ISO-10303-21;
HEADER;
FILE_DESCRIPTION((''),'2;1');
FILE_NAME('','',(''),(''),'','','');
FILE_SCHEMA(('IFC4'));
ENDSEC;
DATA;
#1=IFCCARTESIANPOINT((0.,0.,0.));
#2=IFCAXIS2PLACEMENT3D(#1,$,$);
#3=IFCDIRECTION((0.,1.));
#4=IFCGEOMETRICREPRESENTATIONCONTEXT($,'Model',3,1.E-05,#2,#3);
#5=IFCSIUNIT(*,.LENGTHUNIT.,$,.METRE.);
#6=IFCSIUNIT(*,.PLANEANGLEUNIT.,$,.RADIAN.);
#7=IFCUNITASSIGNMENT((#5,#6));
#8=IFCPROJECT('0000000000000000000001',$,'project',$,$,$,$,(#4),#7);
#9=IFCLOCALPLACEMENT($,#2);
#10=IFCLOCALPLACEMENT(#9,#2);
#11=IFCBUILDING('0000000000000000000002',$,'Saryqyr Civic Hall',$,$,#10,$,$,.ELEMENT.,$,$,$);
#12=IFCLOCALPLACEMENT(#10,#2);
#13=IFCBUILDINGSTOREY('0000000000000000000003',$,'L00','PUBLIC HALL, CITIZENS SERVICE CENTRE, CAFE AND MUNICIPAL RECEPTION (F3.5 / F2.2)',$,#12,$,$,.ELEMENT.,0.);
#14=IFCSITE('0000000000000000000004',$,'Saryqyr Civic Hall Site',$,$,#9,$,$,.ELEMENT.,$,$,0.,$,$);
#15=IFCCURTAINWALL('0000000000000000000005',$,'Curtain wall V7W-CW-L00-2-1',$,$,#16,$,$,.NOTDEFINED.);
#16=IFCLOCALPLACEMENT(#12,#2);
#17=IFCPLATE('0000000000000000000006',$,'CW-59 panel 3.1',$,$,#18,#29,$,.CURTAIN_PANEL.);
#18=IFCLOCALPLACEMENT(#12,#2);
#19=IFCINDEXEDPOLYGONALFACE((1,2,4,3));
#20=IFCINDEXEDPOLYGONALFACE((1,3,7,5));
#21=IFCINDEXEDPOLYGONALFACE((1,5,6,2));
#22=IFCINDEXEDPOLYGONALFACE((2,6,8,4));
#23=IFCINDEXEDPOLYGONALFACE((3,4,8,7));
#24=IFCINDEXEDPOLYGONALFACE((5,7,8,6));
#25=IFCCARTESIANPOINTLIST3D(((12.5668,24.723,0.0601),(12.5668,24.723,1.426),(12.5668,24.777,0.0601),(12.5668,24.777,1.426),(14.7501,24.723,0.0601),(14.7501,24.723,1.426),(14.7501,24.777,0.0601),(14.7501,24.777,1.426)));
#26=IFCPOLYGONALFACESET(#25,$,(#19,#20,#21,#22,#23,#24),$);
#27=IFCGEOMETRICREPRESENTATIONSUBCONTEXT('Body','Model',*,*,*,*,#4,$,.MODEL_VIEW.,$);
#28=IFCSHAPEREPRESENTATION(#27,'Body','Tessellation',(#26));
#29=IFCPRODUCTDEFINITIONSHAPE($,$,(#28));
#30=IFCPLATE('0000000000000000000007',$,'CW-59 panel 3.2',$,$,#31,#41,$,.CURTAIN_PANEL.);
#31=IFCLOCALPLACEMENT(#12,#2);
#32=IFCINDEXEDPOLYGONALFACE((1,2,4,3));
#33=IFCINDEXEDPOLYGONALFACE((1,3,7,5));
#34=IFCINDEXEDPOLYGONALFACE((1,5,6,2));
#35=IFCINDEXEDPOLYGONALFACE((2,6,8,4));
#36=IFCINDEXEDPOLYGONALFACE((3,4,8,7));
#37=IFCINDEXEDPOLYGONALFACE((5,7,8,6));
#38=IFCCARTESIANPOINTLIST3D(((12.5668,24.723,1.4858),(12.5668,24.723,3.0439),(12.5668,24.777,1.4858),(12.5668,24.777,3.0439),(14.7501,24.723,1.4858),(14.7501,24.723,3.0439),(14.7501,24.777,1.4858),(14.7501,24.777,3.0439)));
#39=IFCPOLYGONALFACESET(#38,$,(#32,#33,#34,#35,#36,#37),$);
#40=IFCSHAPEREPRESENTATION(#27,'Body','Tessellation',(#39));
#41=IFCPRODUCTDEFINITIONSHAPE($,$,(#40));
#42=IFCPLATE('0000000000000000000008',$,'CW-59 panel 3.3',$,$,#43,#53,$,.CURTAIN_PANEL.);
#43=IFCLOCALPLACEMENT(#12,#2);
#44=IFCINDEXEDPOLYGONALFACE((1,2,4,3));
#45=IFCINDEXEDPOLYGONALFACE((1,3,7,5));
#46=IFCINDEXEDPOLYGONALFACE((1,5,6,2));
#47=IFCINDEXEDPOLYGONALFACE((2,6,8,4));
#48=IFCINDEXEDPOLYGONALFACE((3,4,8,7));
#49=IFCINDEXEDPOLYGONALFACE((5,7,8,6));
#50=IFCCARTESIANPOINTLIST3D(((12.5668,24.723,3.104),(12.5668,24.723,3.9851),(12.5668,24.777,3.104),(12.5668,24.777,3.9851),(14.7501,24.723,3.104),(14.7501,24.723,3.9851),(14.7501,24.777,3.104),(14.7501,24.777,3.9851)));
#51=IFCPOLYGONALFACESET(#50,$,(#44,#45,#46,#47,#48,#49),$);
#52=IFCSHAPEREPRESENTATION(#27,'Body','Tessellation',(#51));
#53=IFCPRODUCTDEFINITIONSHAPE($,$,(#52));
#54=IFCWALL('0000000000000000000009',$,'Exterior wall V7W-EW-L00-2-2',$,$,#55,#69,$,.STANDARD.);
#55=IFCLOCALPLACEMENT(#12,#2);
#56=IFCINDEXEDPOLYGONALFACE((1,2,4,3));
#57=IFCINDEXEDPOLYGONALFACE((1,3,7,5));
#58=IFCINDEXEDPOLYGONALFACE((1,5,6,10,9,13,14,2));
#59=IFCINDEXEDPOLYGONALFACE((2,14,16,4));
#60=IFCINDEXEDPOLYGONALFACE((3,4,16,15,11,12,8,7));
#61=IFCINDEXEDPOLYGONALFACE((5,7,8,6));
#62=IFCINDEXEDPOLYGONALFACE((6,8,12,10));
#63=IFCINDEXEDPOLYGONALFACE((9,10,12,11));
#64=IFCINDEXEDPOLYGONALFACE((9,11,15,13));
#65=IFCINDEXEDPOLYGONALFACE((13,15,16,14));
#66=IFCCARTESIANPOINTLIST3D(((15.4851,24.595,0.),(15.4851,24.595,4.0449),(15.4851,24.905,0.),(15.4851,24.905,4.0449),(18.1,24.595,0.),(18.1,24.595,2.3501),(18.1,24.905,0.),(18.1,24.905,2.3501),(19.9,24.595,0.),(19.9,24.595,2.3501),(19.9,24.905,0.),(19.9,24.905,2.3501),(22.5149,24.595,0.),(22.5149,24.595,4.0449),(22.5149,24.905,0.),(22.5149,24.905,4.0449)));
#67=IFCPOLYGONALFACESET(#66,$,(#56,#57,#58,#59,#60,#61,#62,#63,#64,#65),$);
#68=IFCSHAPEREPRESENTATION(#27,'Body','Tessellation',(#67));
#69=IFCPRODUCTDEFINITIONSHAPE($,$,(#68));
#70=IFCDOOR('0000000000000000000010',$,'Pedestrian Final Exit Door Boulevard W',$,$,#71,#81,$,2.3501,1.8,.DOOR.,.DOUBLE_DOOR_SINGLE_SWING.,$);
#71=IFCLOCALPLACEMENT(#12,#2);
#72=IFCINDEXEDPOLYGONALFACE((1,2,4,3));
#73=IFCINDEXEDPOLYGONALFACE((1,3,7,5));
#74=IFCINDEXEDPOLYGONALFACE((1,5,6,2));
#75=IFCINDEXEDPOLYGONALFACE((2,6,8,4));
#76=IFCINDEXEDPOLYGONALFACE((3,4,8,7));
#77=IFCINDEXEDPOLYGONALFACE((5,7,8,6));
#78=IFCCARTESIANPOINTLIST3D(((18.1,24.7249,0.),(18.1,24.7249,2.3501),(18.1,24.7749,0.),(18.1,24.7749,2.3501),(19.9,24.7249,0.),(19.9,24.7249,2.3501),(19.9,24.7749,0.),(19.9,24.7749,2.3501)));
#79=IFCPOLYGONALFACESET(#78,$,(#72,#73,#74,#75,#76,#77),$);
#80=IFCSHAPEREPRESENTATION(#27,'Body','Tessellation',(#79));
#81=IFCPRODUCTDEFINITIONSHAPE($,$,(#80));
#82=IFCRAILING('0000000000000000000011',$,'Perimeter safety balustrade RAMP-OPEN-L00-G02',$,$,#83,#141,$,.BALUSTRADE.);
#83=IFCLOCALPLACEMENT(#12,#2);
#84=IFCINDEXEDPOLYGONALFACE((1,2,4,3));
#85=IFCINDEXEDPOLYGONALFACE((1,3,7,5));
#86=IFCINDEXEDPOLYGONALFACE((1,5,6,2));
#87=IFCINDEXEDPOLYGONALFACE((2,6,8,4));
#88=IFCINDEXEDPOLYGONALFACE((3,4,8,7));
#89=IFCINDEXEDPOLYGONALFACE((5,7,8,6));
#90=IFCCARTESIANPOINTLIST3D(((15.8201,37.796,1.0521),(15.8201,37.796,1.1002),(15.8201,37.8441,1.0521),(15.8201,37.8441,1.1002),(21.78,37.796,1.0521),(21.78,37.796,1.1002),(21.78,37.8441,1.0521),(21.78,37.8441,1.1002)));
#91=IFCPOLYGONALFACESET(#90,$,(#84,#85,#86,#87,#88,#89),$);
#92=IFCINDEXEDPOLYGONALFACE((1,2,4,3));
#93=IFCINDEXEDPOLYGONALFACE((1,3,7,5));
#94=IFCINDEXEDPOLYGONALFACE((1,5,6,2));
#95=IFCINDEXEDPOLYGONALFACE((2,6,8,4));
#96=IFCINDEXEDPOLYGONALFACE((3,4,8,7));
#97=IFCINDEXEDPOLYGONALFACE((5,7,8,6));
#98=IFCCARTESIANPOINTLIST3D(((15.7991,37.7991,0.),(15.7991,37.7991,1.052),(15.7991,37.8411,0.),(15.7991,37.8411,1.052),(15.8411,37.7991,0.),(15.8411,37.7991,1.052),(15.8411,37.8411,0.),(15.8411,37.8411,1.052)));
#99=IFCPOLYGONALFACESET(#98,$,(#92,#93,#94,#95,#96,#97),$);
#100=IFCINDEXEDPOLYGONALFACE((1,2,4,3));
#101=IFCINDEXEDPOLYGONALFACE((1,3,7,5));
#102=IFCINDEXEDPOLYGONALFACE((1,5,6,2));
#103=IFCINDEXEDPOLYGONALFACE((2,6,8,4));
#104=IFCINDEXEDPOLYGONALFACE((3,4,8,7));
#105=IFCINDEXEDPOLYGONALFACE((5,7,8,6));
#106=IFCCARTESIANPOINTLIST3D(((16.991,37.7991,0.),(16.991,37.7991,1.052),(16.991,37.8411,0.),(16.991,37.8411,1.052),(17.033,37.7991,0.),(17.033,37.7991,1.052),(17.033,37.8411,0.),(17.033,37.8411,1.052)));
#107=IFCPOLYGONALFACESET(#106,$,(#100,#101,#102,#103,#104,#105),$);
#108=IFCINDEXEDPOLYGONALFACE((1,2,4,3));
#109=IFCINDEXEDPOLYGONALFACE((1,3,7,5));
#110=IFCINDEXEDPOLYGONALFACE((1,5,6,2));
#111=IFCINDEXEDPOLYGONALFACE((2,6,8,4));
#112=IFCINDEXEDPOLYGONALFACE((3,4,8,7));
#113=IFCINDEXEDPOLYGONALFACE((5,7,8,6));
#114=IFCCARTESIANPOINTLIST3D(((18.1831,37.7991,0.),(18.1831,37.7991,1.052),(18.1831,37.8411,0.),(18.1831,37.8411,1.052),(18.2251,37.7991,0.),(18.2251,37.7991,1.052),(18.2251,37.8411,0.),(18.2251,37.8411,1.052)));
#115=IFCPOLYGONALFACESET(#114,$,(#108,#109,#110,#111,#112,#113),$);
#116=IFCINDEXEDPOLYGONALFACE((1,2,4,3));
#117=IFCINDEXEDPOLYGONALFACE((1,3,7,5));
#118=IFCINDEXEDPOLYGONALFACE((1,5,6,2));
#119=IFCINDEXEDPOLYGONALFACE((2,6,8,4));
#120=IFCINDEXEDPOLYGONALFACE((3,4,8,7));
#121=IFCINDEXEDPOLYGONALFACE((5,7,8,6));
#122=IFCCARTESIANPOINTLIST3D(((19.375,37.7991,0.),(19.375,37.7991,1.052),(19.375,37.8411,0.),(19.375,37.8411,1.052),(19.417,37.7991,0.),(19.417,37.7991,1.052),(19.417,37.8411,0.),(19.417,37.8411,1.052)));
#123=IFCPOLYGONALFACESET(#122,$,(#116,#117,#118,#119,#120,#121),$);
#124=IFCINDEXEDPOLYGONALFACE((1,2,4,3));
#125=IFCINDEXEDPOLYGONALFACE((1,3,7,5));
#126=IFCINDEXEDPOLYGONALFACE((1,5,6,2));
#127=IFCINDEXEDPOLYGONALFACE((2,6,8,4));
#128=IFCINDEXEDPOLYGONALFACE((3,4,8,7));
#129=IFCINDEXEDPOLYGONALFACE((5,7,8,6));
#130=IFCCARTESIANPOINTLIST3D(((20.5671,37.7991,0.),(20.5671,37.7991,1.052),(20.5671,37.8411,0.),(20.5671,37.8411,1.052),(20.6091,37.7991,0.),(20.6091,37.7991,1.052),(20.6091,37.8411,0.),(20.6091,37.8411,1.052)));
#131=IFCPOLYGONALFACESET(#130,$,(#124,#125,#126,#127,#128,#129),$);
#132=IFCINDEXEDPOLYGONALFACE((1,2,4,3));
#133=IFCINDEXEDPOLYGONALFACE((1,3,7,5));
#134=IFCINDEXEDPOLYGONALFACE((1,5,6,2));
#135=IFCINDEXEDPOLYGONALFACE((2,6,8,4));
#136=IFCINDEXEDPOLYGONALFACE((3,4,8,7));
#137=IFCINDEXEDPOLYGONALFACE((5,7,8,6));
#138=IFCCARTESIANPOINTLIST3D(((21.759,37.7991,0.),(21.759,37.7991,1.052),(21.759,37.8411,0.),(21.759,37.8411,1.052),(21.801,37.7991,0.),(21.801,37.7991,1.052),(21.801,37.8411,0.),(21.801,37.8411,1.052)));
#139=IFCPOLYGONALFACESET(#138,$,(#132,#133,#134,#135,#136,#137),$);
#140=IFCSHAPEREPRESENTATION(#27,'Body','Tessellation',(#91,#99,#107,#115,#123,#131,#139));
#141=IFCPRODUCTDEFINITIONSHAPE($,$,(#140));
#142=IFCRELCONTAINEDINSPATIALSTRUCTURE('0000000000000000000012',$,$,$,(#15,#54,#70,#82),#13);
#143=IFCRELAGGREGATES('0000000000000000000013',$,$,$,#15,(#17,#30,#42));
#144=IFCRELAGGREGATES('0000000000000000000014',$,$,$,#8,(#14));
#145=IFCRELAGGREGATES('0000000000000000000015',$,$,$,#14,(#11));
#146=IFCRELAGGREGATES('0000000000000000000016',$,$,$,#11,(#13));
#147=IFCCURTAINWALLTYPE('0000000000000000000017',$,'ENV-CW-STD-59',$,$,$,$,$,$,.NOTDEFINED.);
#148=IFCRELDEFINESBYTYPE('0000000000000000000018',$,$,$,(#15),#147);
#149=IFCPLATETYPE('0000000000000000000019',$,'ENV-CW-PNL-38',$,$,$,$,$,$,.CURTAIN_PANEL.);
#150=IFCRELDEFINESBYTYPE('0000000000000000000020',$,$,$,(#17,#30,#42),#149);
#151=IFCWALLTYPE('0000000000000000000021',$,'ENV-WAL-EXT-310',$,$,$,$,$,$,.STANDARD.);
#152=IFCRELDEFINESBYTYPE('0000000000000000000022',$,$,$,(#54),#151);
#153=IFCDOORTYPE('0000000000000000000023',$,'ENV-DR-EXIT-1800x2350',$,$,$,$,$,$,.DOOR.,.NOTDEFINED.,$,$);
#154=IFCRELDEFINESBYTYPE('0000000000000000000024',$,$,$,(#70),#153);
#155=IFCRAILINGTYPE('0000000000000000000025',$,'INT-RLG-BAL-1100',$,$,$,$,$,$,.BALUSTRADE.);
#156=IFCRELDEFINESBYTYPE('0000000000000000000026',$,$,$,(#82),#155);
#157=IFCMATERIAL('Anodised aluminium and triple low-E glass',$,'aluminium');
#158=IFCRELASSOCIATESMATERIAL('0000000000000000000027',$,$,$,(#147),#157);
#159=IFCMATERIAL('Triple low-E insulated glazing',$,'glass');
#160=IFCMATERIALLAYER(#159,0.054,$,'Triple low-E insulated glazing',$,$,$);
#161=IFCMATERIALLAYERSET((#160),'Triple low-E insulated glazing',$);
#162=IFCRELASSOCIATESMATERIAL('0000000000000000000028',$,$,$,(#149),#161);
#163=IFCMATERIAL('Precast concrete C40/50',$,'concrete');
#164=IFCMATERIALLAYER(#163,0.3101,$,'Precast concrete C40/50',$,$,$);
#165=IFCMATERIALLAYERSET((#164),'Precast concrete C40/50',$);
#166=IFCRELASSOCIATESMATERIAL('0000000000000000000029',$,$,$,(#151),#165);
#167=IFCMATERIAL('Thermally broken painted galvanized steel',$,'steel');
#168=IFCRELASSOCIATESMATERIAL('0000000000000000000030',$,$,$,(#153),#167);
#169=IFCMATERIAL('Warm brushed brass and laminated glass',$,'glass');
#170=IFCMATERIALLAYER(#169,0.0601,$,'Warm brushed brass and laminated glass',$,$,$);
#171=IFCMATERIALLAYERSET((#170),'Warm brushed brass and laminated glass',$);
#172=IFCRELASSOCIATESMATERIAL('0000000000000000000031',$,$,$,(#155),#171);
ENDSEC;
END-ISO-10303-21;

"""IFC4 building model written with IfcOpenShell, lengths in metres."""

from ifc_helpers import new_model, si_unit, direction, frame, frame_2d, origin, origin_2d, place, context, subcontext, project, spatial, rectangle, extrude, material, layer, layer_set, type_object, element, fill, aggregate, save


model = new_model("IFC4")

# Units and contexts
model_context = context("Model", 3, precision=1e-05, world=origin(), true_north=direction((0.0, 1.0)))
body_context = subcontext(model_context, "Body", "Model", "MODEL_VIEW")
ifc_project = project(units=[si_unit("LENGTHUNIT", "METRE"), si_unit("PLANEANGLEUNIT", "RADIAN")], contexts=[model_context])

# Site, building, storey
site_placement = place(None, origin())
site = spatial("IfcSite", under=ifc_project, at=site_placement, Name="Saryqyr Civic Hall Site", CompositionType="ELEMENT", RefElevation=0.0)
building_placement = place(site_placement, origin())
building = spatial("IfcBuilding", under=site, at=building_placement, Name="Saryqyr Civic Hall", CompositionType="ELEMENT")
storey_placement = place(building_placement, origin())
storey = spatial("IfcBuildingStorey", under=building, at=storey_placement, Name="L00", Description="PUBLIC HALL, CITIZENS SERVICE CENTRE, CAFE AND MUNICIPAL RECEPTION (F3.5 / F2.2)", CompositionType="ELEMENT", Elevation=0.0)

# Curtain wall
ifc_material_1 = material(Name="Anodised aluminium and triple low-E glass", Category="aluminium")
curtain_wall_type = type_object("IfcCurtainWallType", Name="ENV-CW-STD-59", PredefinedType="NOTDEFINED", material=ifc_material_1)
curtain_wall_placement = place(storey_placement, origin())
curtain_wall = element("IfcCurtainWall", 1, at=curtain_wall_placement, inside=storey, type_object=curtain_wall_type, Name="Curtain wall V7W-CW-L00-2-1", PredefinedType="NOTDEFINED")

# Plates
ifc_material_2 = material(Name="Triple low-E insulated glazing", Category="glass")
ifc_layer_1 = layer(ifc_material_2, 0.054, Name="Triple low-E insulated glazing")
ifc_layer_set_1 = layer_set([ifc_layer_1], Name="Triple low-E insulated glazing")
plate_type = type_object("IfcPlateType", Name="ENV-CW-PNL-38", PredefinedType="CURTAIN_PANEL", material=ifc_layer_set_1)
plate_1_placement = place(storey_placement, frame((13.6584, 24.75, 0.0601), z_axis=(0.0, 0.0, 1.0), x_axis=(1.0, 0.0, 0.0)))
plate_1 = element("IfcPlate", 2, at=plate_1_placement, type_object=plate_type, Name="CW-59 panel 3.1", PredefinedType="CURTAIN_PANEL", context=body_context, shape_type="SweptSolid", body=[
    extrude(rectangle(XDim=2.1833, YDim=0.054, at=origin_2d()), origin(), (0.0, 0.0, 1.0), 1.366),
])
plate_2_placement = place(storey_placement, frame((13.6584, 24.75, 1.4858), z_axis=(0.0, 0.0, 1.0), x_axis=(1.0, 0.0, 0.0)))
plate_2 = element("IfcPlate", 3, at=plate_2_placement, type_object=plate_type, Name="CW-59 panel 3.2", PredefinedType="CURTAIN_PANEL", context=body_context, shape_type="SweptSolid", body=[
    extrude(rectangle(XDim=2.1833, YDim=0.054, at=origin_2d()), origin(), (0.0, 0.0, 1.0), 1.5581),
])
plate_3_placement = place(storey_placement, frame((13.6584, 24.75, 3.104), z_axis=(0.0, 0.0, 1.0), x_axis=(1.0, 0.0, 0.0)))
plate_3 = element("IfcPlate", 4, at=plate_3_placement, type_object=plate_type, Name="CW-59 panel 3.3", PredefinedType="CURTAIN_PANEL", context=body_context, shape_type="SweptSolid", body=[
    extrude(rectangle(XDim=2.1833, YDim=0.054, at=origin_2d()), origin(), (0.0, 0.0, 1.0), 0.8811),
])
aggregate(curtain_wall, [plate_1, plate_2, plate_3])

# Wall, opening, door
ifc_material_3 = material(Name="Precast concrete C40/50", Category="concrete")
ifc_layer_2 = layer(ifc_material_3, 0.3101, Name="Precast concrete C40/50")
ifc_layer_set_2 = layer_set([ifc_layer_2], Name="Precast concrete C40/50")
wall_type = type_object("IfcWallType", Name="ENV-WAL-EXT-310", PredefinedType="STANDARD", material=ifc_layer_set_2)
wall_placement = place(storey_placement, frame((15.4851, 24.75, 0.0), z_axis=(0.0, 0.0, 1.0), x_axis=(1.0, 0.0, 0.0)))
wall = element("IfcWall", 5, at=wall_placement, inside=storey, type_object=wall_type, Name="Exterior wall V7W-EW-L00-2-2", PredefinedType="STANDARD", context=body_context, shape_type="SweptSolid", body=[
    extrude(rectangle(XDim=7.0298, YDim=0.3101, at=frame_2d((3.5149, 0.0))), origin(), (0.0, 0.0, 1.0), 4.0449),
])
opening_placement = place(wall_placement, frame((2.615, 0.0, 0.0)))
opening = element("IfcOpeningElement", 6, at=opening_placement, cuts=wall, PredefinedType="OPENING", context=body_context, shape_type="SweptSolid", body=[
    extrude(rectangle(XDim=1.8, YDim=2.3501, at=frame_2d((0.8999, 1.175))), frame((0.0, 0.165, 0.0), z_axis=(0.0, -1.0, 0.0), x_axis=(1.0, 0.0, 0.0)), (0.0, 0.0, 1.0), 0.3301),
])
ifc_material_4 = material(Name="Thermally broken painted galvanized steel", Category="steel")
door_type = type_object("IfcDoorType", Name="ENV-DR-EXIT-1800x2350", OperationType="NOTDEFINED", PredefinedType="DOOR", material=ifc_material_4)
door_placement = place(opening_placement, origin())
door = element("IfcDoor", 7, at=door_placement, inside=storey, type_object=door_type, Name="Pedestrian Final Exit Door Boulevard W", OperationType="DOUBLE_DOOR_SINGLE_SWING", OverallHeight=2.3501, OverallWidth=1.8, PredefinedType="DOOR", context=body_context, shape_type="SweptSolid", body=[
    extrude(rectangle(XDim=1.8, YDim=2.3501, at=frame_2d((0.8999, 1.175))), frame((0.0, 0.0249, 0.0), z_axis=(0.0, -1.0, 0.0), x_axis=(1.0, 0.0, 0.0)), (0.0, 0.0, 1.0), 0.05),
])
fill(opening, door)

# Railing
ifc_material_5 = material(Name="Warm brushed brass and laminated glass", Category="glass")
ifc_layer_3 = layer(ifc_material_5, 0.0601, Name="Warm brushed brass and laminated glass")
ifc_layer_set_3 = layer_set([ifc_layer_3], Name="Warm brushed brass and laminated glass")
railing_type = type_object("IfcRailingType", Name="INT-RLG-BAL-1100", PredefinedType="BALUSTRADE", material=ifc_layer_set_3)
railing_1_placement = place(storey_placement, frame((15.8201, 37.8201, 0.0)))
element("IfcRailing", 8, at=railing_1_placement, inside=storey, type_object=railing_type, Name="Perimeter safety balustrade RAMP-OPEN-L00-G02", PredefinedType="BALUSTRADE", context=body_context, shape_type="SweptSolid", body=[
    extrude(rectangle(XDim=0.0481, YDim=0.0481, at=origin_2d()), frame((0.0, 0.0, 1.0762), z_axis=(1.0, 0.0, 0.0), x_axis=(0.0, 1.0, 0.0)), (0.0, 0.0, 1.0), 5.96),
    extrude(rectangle(XDim=0.042, YDim=0.042, at=origin_2d()), origin(), (0.0, 0.0, 1.0), 1.052),
    extrude(rectangle(XDim=0.042, YDim=0.042, at=origin_2d()), frame((1.1919, 0.0, 0.0)), (0.0, 0.0, 1.0), 1.052),
    extrude(rectangle(XDim=0.042, YDim=0.042, at=origin_2d()), frame((2.384, 0.0, 0.0)), (0.0, 0.0, 1.0), 1.052),
    extrude(rectangle(XDim=0.042, YDim=0.042, at=origin_2d()), frame((3.5759, 0.0, 0.0)), (0.0, 0.0, 1.0), 1.052),
    extrude(rectangle(XDim=0.042, YDim=0.042, at=origin_2d()), frame((4.7681, 0.0, 0.0)), (0.0, 0.0, 1.0), 1.052),
    extrude(rectangle(XDim=0.042, YDim=0.042, at=origin_2d()), frame((5.96, 0.0, 0.0)), (0.0, 0.0, 1.0), 1.052),
])

save(model, "model.ifc")
